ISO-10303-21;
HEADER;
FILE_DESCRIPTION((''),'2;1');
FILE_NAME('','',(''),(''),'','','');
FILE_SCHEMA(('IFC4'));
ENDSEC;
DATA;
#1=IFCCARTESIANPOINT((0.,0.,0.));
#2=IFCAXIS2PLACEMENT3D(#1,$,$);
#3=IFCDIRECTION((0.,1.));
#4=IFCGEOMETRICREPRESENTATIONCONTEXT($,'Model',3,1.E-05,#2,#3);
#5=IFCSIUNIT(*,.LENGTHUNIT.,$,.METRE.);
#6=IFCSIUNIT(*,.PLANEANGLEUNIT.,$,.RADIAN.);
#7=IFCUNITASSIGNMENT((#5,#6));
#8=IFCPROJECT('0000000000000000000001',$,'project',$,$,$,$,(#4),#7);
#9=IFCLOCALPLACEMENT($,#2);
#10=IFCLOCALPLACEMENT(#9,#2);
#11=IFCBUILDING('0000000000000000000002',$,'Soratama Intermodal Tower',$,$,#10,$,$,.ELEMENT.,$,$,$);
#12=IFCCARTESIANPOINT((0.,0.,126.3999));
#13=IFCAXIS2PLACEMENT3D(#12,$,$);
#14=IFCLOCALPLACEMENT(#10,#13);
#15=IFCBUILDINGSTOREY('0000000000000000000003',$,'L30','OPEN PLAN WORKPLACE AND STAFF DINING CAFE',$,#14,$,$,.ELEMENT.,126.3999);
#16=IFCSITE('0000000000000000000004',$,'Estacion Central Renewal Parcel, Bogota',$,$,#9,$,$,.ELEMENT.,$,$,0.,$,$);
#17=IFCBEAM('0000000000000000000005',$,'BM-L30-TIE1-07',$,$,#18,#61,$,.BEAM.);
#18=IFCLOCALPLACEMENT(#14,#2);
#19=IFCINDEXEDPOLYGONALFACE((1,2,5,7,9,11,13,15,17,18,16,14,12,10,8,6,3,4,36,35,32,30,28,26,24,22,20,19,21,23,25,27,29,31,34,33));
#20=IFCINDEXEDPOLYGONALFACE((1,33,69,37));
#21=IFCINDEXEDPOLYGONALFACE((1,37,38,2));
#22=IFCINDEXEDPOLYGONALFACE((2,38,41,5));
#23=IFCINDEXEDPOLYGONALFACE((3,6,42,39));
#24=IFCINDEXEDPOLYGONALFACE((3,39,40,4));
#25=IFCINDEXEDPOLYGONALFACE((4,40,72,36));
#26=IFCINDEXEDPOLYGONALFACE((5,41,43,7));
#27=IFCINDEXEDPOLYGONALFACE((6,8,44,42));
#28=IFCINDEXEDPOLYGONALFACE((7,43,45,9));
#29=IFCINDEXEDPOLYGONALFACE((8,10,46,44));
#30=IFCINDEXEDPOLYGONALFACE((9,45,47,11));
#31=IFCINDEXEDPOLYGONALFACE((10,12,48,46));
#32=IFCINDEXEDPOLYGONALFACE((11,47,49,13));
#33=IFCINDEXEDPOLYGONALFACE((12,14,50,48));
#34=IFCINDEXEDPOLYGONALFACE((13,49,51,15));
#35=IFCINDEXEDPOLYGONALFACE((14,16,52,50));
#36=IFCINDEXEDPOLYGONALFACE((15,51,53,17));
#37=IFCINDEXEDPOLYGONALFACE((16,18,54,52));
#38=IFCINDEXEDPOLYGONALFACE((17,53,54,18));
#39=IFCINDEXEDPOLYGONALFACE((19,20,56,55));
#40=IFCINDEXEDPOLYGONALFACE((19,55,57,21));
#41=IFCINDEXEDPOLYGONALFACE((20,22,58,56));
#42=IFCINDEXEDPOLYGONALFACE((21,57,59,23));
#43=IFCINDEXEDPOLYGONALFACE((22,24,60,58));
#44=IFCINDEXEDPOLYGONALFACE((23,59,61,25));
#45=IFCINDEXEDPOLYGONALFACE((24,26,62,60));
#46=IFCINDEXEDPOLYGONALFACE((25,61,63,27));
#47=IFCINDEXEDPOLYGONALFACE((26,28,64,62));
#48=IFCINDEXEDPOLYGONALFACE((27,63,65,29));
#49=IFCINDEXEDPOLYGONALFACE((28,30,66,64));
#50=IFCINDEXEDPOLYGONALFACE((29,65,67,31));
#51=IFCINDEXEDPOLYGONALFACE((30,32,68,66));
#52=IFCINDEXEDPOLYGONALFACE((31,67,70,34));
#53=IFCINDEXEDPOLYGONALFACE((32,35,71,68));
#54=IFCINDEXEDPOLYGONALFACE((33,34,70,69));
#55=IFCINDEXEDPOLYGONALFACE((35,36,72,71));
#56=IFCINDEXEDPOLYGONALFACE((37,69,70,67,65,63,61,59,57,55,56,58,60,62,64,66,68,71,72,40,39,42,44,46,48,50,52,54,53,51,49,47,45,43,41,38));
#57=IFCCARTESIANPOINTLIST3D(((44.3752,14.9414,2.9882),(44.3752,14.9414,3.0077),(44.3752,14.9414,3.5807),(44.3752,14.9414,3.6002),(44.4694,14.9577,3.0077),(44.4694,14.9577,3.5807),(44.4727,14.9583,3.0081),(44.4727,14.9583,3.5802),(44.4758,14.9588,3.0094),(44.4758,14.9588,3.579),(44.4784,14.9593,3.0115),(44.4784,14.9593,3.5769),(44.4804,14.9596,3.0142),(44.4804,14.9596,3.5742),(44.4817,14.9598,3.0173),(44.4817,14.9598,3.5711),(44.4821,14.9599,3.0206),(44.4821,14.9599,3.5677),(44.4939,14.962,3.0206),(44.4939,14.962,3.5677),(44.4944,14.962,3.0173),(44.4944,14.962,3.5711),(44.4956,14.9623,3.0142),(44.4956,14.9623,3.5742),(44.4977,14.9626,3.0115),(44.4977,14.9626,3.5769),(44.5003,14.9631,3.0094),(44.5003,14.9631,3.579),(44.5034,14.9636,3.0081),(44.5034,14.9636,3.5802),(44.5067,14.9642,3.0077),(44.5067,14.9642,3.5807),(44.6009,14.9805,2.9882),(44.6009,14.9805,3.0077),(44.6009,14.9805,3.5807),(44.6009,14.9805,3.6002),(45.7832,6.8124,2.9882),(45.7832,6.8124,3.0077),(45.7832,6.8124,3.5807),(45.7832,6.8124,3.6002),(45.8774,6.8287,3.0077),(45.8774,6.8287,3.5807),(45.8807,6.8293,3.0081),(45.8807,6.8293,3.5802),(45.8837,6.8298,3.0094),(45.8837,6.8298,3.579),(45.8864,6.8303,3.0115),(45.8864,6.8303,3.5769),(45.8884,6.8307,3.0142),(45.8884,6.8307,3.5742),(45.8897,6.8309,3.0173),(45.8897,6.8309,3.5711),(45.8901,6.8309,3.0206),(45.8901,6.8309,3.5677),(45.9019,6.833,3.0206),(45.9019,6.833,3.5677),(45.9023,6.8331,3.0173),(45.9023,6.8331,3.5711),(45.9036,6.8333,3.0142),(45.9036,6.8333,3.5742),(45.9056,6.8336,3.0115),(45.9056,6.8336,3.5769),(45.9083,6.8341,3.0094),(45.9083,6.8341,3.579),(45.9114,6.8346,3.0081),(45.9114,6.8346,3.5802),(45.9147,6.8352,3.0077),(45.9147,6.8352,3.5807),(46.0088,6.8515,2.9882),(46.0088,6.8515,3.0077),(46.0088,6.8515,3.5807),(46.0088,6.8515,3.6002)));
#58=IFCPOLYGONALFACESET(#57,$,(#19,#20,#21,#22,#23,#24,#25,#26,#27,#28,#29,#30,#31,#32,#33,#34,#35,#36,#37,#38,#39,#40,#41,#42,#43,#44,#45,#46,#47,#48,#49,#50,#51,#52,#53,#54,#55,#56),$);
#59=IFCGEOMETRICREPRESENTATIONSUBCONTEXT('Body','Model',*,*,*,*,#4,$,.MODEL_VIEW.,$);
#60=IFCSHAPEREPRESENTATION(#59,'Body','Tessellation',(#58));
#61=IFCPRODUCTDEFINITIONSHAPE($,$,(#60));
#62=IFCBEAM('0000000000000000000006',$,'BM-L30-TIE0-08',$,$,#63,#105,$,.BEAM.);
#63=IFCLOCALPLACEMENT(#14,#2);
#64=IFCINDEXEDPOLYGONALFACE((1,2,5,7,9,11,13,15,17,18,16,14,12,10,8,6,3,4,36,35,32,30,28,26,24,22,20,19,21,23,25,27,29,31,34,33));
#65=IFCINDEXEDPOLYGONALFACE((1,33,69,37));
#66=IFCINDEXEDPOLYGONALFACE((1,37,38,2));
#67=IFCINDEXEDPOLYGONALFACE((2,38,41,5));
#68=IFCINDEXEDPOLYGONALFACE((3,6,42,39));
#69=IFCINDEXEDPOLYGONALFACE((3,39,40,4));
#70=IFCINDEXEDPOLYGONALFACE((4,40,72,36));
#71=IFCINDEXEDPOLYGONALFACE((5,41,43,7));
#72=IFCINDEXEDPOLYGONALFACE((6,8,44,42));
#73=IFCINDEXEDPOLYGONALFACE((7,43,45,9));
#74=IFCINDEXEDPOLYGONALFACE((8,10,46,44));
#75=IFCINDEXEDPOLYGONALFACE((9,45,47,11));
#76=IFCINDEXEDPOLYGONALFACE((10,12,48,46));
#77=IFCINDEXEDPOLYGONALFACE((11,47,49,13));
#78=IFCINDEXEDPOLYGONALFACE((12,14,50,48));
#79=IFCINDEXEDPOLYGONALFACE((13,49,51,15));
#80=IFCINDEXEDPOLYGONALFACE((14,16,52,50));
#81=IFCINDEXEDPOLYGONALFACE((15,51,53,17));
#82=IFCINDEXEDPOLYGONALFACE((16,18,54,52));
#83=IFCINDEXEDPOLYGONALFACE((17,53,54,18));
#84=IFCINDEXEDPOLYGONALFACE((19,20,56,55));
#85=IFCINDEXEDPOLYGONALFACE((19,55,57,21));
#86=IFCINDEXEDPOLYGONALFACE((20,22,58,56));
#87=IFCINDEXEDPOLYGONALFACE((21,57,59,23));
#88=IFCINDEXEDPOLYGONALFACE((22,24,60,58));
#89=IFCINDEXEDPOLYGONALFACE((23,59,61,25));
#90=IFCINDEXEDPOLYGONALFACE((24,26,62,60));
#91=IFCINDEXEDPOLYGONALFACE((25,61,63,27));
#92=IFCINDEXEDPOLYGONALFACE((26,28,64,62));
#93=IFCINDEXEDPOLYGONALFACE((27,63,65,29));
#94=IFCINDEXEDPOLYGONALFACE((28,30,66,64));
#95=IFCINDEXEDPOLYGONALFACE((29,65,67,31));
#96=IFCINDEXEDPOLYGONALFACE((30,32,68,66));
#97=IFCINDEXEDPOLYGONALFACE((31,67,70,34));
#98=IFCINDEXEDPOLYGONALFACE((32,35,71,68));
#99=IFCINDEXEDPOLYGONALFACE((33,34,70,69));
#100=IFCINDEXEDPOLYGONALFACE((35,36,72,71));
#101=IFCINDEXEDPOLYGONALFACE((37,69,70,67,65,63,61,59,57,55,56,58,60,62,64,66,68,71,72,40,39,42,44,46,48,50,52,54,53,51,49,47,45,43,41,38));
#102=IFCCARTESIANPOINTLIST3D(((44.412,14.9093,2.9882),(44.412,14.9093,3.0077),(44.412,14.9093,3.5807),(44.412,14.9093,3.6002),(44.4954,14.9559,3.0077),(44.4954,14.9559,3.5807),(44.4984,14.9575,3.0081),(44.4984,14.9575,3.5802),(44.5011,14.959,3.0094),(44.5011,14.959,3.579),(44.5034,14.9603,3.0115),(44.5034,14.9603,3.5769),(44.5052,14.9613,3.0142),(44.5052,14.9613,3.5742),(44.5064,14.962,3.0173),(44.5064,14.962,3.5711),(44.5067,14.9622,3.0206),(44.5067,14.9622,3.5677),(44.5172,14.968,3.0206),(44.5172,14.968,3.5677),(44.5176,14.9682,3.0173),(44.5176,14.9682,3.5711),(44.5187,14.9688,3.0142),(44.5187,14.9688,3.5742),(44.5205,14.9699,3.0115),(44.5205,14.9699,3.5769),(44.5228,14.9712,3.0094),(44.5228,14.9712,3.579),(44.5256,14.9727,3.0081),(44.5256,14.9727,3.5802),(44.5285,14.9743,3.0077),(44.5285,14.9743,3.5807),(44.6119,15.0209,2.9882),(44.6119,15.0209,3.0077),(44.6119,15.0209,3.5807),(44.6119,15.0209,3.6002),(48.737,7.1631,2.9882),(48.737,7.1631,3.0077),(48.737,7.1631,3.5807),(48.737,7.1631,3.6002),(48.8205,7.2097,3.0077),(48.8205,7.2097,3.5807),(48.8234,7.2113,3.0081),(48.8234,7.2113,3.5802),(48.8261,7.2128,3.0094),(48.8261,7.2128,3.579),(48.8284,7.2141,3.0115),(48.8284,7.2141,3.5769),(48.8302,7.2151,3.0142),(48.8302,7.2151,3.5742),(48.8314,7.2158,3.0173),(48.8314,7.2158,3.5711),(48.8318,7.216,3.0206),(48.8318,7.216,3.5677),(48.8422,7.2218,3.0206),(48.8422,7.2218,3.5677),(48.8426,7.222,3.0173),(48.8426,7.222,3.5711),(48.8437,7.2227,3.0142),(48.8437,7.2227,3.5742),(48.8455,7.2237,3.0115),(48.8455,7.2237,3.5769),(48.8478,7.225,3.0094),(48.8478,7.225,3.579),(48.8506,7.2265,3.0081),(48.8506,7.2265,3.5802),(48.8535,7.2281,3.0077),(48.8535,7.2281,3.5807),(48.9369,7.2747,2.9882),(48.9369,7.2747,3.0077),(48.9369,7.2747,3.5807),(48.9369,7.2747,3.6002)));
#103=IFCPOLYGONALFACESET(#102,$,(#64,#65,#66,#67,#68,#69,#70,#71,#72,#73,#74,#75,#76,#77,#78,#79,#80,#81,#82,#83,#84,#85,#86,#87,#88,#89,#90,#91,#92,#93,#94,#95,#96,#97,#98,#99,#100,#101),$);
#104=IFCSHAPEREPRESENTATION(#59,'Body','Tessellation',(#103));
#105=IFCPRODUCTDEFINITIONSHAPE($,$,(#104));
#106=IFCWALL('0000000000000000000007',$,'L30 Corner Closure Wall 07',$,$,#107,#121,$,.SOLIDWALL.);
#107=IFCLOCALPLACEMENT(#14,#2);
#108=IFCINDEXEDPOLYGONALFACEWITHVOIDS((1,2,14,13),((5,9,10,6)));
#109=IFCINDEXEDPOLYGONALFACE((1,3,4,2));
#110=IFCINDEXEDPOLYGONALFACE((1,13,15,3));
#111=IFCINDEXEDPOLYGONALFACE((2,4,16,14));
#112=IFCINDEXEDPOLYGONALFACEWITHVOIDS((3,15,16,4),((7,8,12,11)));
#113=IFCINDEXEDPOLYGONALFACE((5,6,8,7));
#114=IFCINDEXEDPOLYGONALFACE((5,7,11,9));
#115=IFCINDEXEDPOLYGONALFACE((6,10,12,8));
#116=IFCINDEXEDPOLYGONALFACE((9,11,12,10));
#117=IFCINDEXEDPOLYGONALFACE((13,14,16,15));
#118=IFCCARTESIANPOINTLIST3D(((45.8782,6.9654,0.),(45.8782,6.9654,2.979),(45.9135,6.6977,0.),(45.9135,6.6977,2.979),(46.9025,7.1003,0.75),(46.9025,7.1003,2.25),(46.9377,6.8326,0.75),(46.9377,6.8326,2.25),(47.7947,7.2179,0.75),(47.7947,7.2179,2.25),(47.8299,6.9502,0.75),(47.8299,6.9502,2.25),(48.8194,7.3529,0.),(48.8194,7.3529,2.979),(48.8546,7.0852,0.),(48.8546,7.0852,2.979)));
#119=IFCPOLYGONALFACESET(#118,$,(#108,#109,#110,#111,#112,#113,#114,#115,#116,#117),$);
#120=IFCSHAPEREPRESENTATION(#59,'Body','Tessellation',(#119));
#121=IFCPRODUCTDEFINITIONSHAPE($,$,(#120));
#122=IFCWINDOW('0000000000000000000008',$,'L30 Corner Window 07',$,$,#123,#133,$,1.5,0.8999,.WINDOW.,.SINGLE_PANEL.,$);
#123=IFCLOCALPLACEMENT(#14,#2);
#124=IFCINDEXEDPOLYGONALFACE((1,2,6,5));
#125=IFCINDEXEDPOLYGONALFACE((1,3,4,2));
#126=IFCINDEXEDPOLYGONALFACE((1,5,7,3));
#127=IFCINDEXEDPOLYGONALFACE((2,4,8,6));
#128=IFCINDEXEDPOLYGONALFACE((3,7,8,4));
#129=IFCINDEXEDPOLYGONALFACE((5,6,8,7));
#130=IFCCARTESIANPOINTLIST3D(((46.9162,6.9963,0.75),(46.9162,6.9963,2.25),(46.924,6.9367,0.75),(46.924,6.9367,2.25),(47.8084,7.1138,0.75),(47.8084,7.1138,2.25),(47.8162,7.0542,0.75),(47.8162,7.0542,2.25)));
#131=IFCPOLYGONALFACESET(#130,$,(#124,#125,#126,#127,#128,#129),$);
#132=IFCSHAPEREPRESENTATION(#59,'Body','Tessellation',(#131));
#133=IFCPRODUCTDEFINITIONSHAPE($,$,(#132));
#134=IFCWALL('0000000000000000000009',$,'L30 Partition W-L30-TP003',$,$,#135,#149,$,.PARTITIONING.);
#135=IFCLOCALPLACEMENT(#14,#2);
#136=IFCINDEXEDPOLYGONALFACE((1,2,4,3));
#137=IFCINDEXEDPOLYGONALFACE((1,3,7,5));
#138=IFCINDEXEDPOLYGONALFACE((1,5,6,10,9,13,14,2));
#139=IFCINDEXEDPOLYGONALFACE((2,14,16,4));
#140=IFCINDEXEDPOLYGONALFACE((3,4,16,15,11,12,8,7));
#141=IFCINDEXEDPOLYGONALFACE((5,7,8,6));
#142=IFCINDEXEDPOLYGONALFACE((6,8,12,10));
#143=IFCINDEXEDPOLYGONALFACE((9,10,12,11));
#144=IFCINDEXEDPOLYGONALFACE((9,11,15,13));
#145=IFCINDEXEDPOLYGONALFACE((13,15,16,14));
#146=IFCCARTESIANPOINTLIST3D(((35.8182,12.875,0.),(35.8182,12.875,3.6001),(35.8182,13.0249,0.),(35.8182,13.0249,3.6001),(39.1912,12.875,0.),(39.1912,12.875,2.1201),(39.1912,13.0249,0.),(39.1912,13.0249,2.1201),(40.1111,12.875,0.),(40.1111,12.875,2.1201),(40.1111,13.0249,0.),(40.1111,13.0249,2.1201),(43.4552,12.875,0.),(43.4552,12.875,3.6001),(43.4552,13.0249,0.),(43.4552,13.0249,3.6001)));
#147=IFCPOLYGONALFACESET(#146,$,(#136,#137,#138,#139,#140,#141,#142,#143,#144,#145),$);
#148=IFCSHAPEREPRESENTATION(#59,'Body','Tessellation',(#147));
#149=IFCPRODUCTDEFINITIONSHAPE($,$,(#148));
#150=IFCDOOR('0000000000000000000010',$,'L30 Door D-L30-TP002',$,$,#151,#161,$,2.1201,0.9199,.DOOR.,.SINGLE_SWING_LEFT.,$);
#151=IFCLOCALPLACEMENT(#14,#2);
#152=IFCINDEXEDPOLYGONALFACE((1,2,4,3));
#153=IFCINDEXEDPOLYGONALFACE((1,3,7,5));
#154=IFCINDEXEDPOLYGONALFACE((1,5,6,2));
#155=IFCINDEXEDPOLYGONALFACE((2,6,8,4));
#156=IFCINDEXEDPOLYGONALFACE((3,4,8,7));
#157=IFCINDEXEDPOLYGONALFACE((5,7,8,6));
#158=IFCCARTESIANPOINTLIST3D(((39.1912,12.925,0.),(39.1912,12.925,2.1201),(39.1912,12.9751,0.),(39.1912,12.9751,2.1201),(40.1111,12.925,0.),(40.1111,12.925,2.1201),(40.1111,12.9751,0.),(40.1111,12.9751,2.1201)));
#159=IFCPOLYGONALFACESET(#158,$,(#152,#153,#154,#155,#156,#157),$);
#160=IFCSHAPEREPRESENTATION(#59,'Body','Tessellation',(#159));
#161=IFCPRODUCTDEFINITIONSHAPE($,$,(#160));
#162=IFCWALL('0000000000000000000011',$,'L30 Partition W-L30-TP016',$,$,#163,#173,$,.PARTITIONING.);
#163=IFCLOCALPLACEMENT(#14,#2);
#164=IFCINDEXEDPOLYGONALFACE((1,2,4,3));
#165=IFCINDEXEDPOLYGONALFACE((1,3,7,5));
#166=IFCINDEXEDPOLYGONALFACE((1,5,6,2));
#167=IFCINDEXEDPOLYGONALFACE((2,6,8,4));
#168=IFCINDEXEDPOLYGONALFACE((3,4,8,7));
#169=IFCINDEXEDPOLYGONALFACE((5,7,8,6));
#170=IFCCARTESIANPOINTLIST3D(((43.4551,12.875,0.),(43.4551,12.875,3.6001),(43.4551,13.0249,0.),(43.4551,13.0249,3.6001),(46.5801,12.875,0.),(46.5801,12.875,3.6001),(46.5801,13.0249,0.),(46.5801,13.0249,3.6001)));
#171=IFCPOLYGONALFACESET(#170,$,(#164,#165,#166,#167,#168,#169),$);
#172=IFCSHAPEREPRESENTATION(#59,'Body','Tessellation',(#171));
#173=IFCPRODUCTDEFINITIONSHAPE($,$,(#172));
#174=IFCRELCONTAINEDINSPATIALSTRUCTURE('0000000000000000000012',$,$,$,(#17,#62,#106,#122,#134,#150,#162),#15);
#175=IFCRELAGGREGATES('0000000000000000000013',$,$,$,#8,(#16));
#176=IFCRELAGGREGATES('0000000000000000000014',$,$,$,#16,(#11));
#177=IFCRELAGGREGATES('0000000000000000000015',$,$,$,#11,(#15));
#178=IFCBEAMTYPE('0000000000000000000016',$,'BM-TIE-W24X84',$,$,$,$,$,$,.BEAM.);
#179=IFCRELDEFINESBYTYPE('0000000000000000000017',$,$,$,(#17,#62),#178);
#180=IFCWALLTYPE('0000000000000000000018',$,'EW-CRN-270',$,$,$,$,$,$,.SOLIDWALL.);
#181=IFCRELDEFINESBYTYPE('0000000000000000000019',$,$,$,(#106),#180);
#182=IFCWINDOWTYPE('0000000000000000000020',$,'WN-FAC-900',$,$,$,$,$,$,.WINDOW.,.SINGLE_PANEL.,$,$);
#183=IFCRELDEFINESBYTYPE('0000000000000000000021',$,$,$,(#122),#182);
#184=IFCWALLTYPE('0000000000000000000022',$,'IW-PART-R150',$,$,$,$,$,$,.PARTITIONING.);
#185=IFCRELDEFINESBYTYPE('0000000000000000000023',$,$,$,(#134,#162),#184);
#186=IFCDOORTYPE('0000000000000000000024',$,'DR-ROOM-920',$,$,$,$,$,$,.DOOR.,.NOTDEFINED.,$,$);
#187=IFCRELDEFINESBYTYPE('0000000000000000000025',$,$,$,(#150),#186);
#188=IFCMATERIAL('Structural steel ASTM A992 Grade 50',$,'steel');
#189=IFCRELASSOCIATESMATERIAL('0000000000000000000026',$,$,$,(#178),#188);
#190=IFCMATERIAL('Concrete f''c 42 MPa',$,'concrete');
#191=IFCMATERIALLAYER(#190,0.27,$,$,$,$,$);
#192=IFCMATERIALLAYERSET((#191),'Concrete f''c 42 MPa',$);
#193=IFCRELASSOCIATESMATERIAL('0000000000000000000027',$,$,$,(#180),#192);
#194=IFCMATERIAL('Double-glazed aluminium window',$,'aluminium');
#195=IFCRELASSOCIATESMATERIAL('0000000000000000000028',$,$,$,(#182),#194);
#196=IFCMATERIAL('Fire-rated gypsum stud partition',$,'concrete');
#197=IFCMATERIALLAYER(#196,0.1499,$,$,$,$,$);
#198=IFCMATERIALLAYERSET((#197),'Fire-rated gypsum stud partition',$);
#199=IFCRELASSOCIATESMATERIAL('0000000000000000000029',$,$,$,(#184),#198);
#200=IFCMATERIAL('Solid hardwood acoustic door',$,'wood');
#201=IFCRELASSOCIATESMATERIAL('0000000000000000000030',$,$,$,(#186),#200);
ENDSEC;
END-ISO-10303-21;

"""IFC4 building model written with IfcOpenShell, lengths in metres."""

from ifc_helpers import new_model, si_unit, direction, frame, frame_2d, origin, origin_2d, place, context, subcontext, project, spatial, rectangle, i_section, extrude, material, layer, layer_set, material_profile, profile_set, type_object, element, fill, save


model = new_model("IFC4")

# Units and contexts
model_context = context("Model", 3, precision=1e-05, world=origin(), true_north=direction((0.0, 1.0)))
body_context = subcontext(model_context, "Body", "Model", "MODEL_VIEW")
ifc_project = project(units=[si_unit("LENGTHUNIT", "METRE"), si_unit("PLANEANGLEUNIT", "RADIAN")], contexts=[model_context])

# Site, building, storey
site_placement = place(None, origin())
site = spatial("IfcSite", under=ifc_project, at=site_placement, Name="Estacion Central Renewal Parcel, Bogota", CompositionType="ELEMENT", RefElevation=0.0)
building_placement = place(site_placement, origin())
building = spatial("IfcBuilding", under=site, at=building_placement, Name="Soratama Intermodal Tower", CompositionType="ELEMENT")
storey_placement = place(building_placement, frame((0.0, 0.0, 126.3999)))
storey = spatial("IfcBuildingStorey", under=building, at=storey_placement, Name="L30", Description="OPEN PLAN WORKPLACE AND STAFF DINING CAFE", CompositionType="ELEMENT", Elevation=126.3999)

# Beams
ifc_material_1 = material(Name="Structural steel ASTM A992 Grade 50", Category="steel")
ifc_material_profile_1 = material_profile(ifc_material_1, i_section(OverallWidth=0.229, OverallDepth=0.6121, WebThickness=0.012, FlangeThickness=0.0195, FilletRadius=0.0129, at=origin_2d()), Name="W24X84")
ifc_profile_set_1 = profile_set([ifc_material_profile_1], Name="Structural steel ASTM A992 Grade 50")
beam_type_1 = type_object("IfcBeamType", Name="BM-TIE-W24X84", PredefinedType="BEAM", material=ifc_profile_set_1)
beam_1_placement = place(storey_placement, frame((44.488, 14.9609, 3.2942), z_axis=(0.170663, -0.985329, 0.0), x_axis=(0.985329, 0.170663, 0.0)))
element("IfcBeam", 1, at=beam_1_placement, inside=storey, type_object=beam_type_1, Name="BM-L30-TIE1-07", PredefinedType="BEAM", context=body_context, shape_type="SweptSolid", body=[
    extrude(i_section(OverallWidth=0.229, OverallDepth=0.6121, WebThickness=0.012, FlangeThickness=0.0195, FilletRadius=0.0129, at=origin_2d()), origin(), (0.0, 0.0, 1.0), 8.25),
])
beam_2_placement = place(storey_placement, frame((44.512, 14.9651, 3.2942), z_axis=(0.487499, -0.873123, 0.0), x_axis=(0.873123, 0.487499, 0.0)))
element("IfcBeam", 2, at=beam_2_placement, inside=storey, type_object=beam_type_1, Name="BM-L30-TIE0-08", PredefinedType="BEAM", context=body_context, shape_type="SweptSolid", body=[
    extrude(i_section(OverallWidth=0.229, OverallDepth=0.6121, WebThickness=0.012, FlangeThickness=0.0195, FilletRadius=0.0129, at=origin_2d()), origin(), (0.0, 0.0, 1.0), 8.8718),
])

# Wall, opening, window
ifc_material_2 = material(Name="Concrete f'c 42 MPa", Category="concrete")
ifc_layer_1 = layer(ifc_material_2, 0.27)
ifc_layer_set_1 = layer_set([ifc_layer_1], Name="Concrete f'c 42 MPa")
wall_type_1 = type_object("IfcWallType", Name="EW-CRN-270", PredefinedType="SOLIDWALL", material=ifc_layer_set_1)
wall_1_placement = place(storey_placement, frame((45.8958, 6.8315, 0.0), z_axis=(0.0, 0.0, 1.0), x_axis=(0.991434, 0.130606, 0.0)))
wall_1 = element("IfcWall", 3, at=wall_1_placement, inside=storey, type_object=wall_type_1, Name="L30 Corner Closure Wall 07", PredefinedType="SOLIDWALL", context=body_context, shape_type="SweptSolid", body=[
    extrude(rectangle(XDim=2.9666, YDim=0.27, at=frame_2d((1.4834, 0.0))), origin(), (0.0, 0.0, 1.0), 2.979),
])
opening_1_placement = place(wall_1_placement, frame((1.0332, 0.0, 0.75)))
opening_1 = element("IfcOpeningElement", 4, at=opening_1_placement, cuts=wall_1, PredefinedType="OPENING", context=body_context, shape_type="SweptSolid", body=[
    extrude(rectangle(XDim=0.8999, YDim=1.5, at=frame_2d((0.45, 0.75))), frame((0.0, 0.145, 0.0), z_axis=(0.0, -1.0, 0.0), x_axis=(1.0, 0.0, 0.0)), (0.0, 0.0, 1.0), 0.29),
])
ifc_material_3 = material(Name="Double-glazed aluminium window", Category="aluminium")
window_type = type_object("IfcWindowType", Name="WN-FAC-900", PartitioningType="SINGLE_PANEL", PredefinedType="WINDOW", material=ifc_material_3)
window_placement = place(opening_1_placement, origin())
window = element("IfcWindow", 5, at=window_placement, inside=storey, type_object=window_type, Name="L30 Corner Window 07", OverallHeight=1.5, OverallWidth=0.8999, PartitioningType="SINGLE_PANEL", PredefinedType="WINDOW", context=body_context, shape_type="SweptSolid", body=[
    extrude(rectangle(XDim=0.8999, YDim=1.5, at=frame_2d((0.45, 0.75))), frame((0.0, 0.03, 0.0), z_axis=(0.0, -1.0, 0.0), x_axis=(1.0, 0.0, 0.0)), (0.0, 0.0, 1.0), 0.0601),
])
fill(opening_1, window)

# Wall, opening, door
ifc_material_4 = material(Name="Fire-rated gypsum stud partition", Category="concrete")
ifc_layer_2 = layer(ifc_material_4, 0.1499)
ifc_layer_set_2 = layer_set([ifc_layer_2], Name="Fire-rated gypsum stud partition")
wall_type_2 = type_object("IfcWallType", Name="IW-PART-R150", PredefinedType="PARTITIONING", material=ifc_layer_set_2)
wall_2_placement = place(storey_placement, frame((43.4551, 12.95, 0.0), z_axis=(0.0, 0.0, 1.0), x_axis=(-1.0, 0.0, 0.0)))
wall_2 = element("IfcWall", 6, at=wall_2_placement, inside=storey, type_object=wall_type_2, Name="L30 Partition W-L30-TP003", PredefinedType="PARTITIONING", context=body_context, shape_type="SweptSolid", body=[
    extrude(rectangle(XDim=7.637, YDim=0.1499, at=frame_2d((3.8184, 0.0))), origin(), (0.0, 0.0, 1.0), 3.6001),
])
opening_2_placement = place(wall_2_placement, frame((3.344, 0.0, 0.0)))
opening_2 = element("IfcOpeningElement", 7, at=opening_2_placement, cuts=wall_2, PredefinedType="OPENING", context=body_context, shape_type="SweptSolid", body=[
    extrude(rectangle(XDim=0.9199, YDim=2.1201, at=frame_2d((0.46, 1.0601))), frame((0.0, 0.085, 0.0), z_axis=(0.0, -1.0, 0.0), x_axis=(1.0, 0.0, 0.0)), (0.0, 0.0, 1.0), 0.1699),
])
ifc_material_5 = material(Name="Solid hardwood acoustic door", Category="wood")
door_type = type_object("IfcDoorType", Name="DR-ROOM-920", OperationType="NOTDEFINED", PredefinedType="DOOR", material=ifc_material_5)
door_placement = place(opening_2_placement, origin())
door = element("IfcDoor", 8, at=door_placement, inside=storey, type_object=door_type, Name="L30 Door D-L30-TP002", OperationType="SINGLE_SWING_LEFT", OverallHeight=2.1201, OverallWidth=0.9199, PredefinedType="DOOR", context=body_context, shape_type="SweptSolid", body=[
    extrude(rectangle(XDim=0.9199, YDim=2.1201, at=frame_2d((0.46, 1.0601))), frame((0.0, 0.0249, 0.0), z_axis=(0.0, -1.0, 0.0), x_axis=(1.0, 0.0, 0.0)), (0.0, 0.0, 1.0), 0.05),
])
fill(opening_2, door)

# Wall
wall_3_placement = place(storey_placement, frame((46.5801, 12.95, 0.0), z_axis=(0.0, 0.0, 1.0), x_axis=(-1.0, 0.0, 0.0)))
element("IfcWall", 9, at=wall_3_placement, inside=storey, type_object=wall_type_2, Name="L30 Partition W-L30-TP016", PredefinedType="PARTITIONING", context=body_context, shape_type="SweptSolid", body=[
    extrude(rectangle(XDim=3.125, YDim=0.1499, at=frame_2d((1.5625, 0.0))), origin(), (0.0, 0.0, 1.0), 3.6001),
])

save(model, "model.ifc")
